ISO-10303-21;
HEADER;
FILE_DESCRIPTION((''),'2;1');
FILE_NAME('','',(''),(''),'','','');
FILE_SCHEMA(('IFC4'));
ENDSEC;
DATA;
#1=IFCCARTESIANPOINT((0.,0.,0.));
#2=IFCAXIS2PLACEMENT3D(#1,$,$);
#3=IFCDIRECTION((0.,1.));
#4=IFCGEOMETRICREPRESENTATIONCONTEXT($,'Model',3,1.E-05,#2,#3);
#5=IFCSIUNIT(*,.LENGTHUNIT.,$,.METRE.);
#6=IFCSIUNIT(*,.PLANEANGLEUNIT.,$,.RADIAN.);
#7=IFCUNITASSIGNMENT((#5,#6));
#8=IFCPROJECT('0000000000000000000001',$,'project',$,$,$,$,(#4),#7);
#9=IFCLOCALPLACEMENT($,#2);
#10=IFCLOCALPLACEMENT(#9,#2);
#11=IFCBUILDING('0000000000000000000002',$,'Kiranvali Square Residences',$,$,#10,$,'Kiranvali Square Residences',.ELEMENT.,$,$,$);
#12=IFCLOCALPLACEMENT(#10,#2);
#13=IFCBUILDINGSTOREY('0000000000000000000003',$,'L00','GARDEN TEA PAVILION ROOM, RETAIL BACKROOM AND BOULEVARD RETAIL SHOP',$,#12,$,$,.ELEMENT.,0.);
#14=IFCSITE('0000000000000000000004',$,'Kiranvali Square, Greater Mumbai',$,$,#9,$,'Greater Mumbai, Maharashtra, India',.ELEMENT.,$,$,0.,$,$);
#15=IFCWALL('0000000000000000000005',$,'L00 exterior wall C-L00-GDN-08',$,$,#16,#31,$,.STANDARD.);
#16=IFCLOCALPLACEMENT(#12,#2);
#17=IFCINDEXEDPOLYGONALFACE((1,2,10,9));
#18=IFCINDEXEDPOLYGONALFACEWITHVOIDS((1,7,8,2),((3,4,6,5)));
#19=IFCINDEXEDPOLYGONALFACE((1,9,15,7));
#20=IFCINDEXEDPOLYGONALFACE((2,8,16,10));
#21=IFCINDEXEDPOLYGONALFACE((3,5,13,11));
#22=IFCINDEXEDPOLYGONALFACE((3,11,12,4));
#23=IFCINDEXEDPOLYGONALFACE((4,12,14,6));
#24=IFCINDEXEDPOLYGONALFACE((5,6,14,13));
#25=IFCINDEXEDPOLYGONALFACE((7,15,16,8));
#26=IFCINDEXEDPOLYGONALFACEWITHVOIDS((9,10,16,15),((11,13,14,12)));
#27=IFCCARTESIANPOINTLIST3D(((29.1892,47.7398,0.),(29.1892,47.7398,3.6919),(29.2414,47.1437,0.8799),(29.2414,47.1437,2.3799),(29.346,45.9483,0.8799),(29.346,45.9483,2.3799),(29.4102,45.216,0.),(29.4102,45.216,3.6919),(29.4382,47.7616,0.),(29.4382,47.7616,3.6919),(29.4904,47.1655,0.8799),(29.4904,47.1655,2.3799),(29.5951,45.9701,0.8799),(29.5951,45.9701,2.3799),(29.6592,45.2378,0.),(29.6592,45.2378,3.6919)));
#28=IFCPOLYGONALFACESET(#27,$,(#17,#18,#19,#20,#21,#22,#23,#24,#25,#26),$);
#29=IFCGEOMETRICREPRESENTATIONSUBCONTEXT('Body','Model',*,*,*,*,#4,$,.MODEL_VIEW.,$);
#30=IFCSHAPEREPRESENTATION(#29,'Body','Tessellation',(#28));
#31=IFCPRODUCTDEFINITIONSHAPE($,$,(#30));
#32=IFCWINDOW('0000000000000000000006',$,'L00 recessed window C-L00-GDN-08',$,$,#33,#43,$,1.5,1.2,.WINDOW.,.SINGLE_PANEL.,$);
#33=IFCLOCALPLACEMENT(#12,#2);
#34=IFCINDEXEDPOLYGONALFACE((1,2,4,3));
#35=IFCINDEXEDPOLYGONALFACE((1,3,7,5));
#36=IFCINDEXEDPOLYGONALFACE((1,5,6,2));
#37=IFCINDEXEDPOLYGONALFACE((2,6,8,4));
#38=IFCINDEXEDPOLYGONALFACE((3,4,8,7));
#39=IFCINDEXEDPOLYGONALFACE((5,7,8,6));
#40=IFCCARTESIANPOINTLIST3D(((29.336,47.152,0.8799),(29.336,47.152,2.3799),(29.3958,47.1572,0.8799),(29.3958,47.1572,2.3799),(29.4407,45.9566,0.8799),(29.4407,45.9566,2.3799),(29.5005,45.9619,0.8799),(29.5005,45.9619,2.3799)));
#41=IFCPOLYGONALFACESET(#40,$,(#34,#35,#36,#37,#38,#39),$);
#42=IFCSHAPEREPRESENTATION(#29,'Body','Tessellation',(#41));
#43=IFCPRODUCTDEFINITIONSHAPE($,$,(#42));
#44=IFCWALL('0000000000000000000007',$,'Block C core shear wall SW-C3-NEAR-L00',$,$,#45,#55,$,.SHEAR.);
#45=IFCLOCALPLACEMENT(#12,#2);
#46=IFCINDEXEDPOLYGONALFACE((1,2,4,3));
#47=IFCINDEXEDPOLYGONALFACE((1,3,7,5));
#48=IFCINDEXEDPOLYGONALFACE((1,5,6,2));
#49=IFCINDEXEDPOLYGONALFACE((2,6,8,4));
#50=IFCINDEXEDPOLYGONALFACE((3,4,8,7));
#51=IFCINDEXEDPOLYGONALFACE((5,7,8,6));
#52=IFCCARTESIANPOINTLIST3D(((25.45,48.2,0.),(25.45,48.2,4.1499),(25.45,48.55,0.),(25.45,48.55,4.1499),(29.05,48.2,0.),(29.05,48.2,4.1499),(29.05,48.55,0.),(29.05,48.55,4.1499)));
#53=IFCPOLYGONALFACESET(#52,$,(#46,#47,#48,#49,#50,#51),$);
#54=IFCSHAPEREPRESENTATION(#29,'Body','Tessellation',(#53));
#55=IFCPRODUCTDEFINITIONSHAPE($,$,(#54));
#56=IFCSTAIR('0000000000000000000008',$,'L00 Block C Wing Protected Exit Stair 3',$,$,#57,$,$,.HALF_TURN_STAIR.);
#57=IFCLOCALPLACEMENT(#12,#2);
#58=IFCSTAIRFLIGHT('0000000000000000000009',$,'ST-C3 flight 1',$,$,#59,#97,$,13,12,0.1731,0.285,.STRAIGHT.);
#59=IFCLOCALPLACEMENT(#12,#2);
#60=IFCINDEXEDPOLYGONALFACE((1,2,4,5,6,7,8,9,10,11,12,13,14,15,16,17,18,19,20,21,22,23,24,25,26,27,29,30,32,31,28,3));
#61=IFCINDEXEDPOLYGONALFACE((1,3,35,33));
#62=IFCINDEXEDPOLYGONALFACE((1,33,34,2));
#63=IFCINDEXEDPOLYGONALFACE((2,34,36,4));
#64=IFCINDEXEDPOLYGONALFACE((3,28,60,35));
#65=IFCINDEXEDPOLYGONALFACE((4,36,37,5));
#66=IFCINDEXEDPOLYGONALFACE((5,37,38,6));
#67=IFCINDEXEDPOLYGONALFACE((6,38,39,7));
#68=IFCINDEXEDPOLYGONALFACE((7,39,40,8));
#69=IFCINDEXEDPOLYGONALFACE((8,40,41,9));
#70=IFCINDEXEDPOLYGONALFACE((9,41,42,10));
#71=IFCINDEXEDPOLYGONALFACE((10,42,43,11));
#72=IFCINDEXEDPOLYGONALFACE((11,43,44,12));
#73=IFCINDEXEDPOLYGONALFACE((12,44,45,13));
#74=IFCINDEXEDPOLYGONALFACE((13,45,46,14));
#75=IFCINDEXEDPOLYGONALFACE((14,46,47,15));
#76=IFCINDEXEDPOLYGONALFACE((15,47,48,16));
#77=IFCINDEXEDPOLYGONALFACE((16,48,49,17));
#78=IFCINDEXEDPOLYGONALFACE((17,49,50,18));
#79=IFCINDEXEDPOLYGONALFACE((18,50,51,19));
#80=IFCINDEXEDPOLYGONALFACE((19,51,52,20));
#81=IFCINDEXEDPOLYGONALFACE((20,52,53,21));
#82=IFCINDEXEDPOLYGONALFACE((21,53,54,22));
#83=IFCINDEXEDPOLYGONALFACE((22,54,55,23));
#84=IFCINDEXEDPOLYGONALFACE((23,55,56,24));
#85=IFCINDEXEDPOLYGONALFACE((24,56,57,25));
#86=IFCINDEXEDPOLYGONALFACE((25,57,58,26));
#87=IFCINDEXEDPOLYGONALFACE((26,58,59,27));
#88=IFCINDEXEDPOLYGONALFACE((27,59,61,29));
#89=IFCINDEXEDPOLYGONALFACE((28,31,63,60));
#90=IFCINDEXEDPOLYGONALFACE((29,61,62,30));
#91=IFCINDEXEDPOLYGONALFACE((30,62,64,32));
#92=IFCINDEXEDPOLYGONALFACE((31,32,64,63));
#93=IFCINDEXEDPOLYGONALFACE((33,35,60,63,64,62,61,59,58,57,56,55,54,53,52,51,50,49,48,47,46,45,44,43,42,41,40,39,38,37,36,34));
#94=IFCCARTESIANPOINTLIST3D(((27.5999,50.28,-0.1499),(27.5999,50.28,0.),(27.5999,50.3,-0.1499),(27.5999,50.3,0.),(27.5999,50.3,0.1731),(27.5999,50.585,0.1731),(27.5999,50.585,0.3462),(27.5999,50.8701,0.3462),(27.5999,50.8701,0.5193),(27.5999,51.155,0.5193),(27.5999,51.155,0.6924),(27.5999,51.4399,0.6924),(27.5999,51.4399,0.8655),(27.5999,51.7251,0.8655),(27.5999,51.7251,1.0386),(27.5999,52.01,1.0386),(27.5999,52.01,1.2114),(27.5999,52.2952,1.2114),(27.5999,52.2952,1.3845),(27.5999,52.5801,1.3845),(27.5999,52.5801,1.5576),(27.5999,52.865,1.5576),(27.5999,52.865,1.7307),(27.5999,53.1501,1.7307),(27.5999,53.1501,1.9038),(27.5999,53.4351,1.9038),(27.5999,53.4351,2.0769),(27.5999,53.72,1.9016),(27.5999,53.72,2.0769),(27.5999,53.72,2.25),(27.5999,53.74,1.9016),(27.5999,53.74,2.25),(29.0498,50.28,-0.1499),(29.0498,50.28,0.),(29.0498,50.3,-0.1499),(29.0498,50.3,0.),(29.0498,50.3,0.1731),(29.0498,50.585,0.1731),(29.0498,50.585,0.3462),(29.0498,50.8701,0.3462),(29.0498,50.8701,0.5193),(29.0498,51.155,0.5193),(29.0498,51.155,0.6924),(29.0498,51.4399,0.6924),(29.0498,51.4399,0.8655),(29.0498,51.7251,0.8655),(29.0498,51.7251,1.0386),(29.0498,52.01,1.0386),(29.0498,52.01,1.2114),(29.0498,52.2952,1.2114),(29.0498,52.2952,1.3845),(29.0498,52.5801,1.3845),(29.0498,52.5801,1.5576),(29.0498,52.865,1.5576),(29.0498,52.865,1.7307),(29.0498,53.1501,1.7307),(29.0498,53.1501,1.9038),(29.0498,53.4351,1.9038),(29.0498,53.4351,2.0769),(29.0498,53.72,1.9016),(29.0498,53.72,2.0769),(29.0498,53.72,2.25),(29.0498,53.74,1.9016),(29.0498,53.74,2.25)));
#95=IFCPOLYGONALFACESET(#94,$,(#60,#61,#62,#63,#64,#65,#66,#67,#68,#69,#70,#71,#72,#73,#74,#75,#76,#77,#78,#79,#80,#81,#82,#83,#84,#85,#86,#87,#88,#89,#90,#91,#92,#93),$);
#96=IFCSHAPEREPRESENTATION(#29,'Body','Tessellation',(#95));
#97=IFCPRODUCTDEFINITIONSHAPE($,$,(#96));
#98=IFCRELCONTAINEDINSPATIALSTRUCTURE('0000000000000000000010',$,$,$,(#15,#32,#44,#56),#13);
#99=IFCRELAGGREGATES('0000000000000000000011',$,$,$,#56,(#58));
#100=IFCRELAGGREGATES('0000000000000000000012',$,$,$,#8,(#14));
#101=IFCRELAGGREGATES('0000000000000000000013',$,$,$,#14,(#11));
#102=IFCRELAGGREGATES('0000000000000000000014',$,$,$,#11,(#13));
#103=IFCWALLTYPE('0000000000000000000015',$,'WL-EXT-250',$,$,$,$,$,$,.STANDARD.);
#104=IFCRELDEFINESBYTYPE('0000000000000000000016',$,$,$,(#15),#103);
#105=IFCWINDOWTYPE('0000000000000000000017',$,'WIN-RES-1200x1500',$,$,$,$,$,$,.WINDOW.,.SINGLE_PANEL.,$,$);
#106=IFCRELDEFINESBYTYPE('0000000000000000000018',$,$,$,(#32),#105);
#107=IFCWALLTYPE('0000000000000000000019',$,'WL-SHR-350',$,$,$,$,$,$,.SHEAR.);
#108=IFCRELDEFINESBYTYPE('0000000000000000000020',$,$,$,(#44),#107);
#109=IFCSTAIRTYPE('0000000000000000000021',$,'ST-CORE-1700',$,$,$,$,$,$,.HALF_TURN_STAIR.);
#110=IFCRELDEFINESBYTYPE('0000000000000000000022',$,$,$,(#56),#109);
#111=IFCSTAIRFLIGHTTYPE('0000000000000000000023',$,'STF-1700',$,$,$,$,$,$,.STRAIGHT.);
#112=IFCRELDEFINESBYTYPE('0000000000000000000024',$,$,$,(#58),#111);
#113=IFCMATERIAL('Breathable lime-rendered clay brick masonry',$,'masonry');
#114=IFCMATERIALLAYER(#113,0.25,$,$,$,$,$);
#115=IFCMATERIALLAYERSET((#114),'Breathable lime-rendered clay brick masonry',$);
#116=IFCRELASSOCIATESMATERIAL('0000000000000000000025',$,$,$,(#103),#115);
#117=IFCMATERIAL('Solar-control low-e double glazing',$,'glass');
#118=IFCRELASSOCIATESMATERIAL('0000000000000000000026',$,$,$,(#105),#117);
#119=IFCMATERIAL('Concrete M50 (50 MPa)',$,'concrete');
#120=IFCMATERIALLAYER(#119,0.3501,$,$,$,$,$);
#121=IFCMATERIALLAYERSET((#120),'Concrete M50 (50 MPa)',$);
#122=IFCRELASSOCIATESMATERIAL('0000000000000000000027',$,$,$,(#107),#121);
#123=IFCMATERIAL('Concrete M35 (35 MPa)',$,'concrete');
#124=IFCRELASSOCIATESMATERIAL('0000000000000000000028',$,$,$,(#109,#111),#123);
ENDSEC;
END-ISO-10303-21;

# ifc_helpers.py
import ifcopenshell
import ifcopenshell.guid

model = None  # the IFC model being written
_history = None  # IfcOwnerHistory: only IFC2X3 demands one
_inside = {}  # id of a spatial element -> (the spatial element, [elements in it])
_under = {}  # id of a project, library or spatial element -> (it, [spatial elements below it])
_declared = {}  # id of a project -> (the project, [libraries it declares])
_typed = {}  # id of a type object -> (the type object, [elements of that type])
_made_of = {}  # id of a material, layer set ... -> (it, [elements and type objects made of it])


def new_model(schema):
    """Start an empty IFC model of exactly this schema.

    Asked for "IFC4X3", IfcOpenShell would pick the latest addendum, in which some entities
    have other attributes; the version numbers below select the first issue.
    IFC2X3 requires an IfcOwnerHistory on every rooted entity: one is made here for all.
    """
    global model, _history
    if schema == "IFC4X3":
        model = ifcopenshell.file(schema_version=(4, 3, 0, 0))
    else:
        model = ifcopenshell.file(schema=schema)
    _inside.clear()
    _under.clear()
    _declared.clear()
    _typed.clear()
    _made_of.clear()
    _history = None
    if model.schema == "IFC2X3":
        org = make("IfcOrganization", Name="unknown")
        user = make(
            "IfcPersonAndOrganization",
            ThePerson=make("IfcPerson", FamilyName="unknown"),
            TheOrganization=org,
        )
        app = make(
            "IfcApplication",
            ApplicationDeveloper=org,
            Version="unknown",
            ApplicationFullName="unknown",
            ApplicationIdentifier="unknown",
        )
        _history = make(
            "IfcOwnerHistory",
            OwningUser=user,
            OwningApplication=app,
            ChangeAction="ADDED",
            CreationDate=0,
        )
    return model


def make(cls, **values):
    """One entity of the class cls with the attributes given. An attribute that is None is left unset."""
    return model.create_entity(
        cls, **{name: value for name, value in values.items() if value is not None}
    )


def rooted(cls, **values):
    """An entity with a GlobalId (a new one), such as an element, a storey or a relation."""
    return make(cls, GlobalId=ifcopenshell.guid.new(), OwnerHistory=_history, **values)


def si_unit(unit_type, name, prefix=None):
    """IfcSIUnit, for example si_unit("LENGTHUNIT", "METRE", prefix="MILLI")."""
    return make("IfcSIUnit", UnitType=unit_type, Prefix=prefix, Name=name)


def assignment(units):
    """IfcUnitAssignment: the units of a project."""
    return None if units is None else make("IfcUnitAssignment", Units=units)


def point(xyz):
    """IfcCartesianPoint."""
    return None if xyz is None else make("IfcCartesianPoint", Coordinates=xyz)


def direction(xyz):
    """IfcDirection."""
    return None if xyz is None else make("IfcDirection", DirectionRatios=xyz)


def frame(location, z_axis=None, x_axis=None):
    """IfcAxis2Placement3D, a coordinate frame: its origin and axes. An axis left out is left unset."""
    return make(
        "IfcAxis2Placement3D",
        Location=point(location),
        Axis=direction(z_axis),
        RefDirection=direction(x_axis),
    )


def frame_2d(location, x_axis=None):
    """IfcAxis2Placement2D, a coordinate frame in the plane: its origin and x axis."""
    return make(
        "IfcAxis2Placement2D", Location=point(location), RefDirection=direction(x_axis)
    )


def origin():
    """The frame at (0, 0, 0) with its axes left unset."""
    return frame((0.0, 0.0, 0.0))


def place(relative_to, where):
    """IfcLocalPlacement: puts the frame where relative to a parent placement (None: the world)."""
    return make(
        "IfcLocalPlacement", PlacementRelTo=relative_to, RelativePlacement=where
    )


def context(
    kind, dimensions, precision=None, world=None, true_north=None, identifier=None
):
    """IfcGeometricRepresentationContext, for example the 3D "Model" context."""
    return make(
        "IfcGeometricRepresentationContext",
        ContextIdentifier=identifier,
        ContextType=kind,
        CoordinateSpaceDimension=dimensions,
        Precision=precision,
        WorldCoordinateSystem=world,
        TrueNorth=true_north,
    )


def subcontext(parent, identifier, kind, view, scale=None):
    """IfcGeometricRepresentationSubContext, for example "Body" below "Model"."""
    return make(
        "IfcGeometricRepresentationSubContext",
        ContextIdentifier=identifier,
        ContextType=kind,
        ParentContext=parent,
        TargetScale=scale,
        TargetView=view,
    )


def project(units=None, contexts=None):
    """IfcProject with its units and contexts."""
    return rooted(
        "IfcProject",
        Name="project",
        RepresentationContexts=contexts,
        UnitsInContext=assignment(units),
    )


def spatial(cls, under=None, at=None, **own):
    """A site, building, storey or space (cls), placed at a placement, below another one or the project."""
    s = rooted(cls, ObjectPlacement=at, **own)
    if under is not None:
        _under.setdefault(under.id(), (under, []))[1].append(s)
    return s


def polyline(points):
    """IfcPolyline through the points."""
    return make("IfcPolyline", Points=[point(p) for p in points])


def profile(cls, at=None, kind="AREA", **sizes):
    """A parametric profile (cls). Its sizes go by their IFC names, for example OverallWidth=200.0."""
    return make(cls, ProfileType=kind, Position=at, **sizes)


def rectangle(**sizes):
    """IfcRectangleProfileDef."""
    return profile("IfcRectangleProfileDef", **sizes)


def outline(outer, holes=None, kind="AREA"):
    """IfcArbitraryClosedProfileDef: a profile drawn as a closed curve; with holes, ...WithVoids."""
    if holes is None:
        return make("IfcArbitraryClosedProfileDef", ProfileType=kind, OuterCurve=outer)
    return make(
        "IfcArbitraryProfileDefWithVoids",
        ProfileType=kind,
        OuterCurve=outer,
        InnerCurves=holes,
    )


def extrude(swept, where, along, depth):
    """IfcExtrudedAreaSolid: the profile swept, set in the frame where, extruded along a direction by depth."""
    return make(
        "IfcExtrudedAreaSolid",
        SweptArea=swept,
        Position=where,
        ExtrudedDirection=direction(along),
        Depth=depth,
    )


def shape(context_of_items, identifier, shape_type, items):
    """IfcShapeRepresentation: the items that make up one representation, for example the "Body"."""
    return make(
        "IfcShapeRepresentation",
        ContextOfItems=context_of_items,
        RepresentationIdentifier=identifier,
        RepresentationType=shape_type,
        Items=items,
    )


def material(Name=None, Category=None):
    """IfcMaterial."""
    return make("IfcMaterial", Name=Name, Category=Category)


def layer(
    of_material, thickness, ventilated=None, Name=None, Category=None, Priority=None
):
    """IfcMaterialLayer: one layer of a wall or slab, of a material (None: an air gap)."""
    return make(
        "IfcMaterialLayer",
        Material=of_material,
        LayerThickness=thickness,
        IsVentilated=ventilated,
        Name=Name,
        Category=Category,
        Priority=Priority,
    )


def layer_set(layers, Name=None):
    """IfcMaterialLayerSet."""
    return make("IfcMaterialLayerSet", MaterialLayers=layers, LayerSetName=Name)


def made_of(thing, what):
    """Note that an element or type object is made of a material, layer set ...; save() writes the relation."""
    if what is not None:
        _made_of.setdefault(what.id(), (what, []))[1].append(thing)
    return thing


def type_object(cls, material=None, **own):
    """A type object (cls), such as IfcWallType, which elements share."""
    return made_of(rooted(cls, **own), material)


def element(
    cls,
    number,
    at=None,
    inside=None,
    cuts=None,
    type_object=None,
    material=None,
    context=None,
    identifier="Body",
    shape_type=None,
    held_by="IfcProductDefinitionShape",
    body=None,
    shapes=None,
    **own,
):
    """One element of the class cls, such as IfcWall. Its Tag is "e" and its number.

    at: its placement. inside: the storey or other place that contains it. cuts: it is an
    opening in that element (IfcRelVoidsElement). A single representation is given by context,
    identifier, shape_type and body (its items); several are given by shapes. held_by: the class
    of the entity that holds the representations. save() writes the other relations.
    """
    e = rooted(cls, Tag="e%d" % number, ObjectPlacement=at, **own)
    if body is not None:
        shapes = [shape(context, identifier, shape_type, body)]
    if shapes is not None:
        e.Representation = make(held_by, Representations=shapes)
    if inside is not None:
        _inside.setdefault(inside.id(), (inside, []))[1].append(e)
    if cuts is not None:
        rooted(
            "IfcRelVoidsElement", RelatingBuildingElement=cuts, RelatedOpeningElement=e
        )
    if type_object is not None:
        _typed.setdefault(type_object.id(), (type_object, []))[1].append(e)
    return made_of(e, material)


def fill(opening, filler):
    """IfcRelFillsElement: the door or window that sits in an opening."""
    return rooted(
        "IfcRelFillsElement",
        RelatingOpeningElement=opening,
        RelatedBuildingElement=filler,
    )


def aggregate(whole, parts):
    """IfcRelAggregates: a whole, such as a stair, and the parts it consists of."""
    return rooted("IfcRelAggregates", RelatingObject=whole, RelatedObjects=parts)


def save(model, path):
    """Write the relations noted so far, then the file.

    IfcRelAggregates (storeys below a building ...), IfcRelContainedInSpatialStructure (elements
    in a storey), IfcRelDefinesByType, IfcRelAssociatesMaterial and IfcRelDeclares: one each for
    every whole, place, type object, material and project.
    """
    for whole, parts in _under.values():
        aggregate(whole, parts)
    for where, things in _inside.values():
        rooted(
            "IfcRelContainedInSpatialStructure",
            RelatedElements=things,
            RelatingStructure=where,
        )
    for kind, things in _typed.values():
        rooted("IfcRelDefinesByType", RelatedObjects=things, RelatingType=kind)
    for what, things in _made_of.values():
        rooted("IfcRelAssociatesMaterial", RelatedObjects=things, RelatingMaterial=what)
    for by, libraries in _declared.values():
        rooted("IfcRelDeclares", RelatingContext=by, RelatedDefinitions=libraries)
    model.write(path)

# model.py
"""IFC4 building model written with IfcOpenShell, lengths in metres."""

from ifc_helpers import new_model, si_unit, direction, frame, frame_2d, origin, place, context, subcontext, project, spatial, polyline, rectangle, outline, extrude, material, layer, layer_set, type_object, element, fill, aggregate, save


model = new_model("IFC4")

# Units and contexts
model_context = context("Model", 3, precision=1e-05, world=origin(), true_north=direction((0.0, 1.0)))
body_context = subcontext(model_context, "Body", "Model", "MODEL_VIEW")
ifc_project = project(units=[si_unit("LENGTHUNIT", "METRE"), si_unit("PLANEANGLEUNIT", "RADIAN")], contexts=[model_context])

# Site, building, storey
site_placement = place(None, origin())
site = spatial("IfcSite", under=ifc_project, at=site_placement, Name="Kiranvali Square, Greater Mumbai", LongName="Greater Mumbai, Maharashtra, India", CompositionType="ELEMENT", RefElevation=0.0)
building_placement = place(site_placement, origin())
building = spatial("IfcBuilding", under=site, at=building_placement, Name="Kiranvali Square Residences", LongName="Kiranvali Square Residences", CompositionType="ELEMENT")
storey_placement = place(building_placement, origin())
storey = spatial("IfcBuildingStorey", under=building, at=storey_placement, Name="L00", Description="GARDEN TEA PAVILION ROOM, RETAIL BACKROOM AND BOULEVARD RETAIL SHOP", CompositionType="ELEMENT", Elevation=0.0)

# Shared definitions
ifc_material_1 = material(Name="Concrete M50 (50 MPa)", Category="concrete")

# Wall, opening, window
ifc_material_2 = material(Name="Breathable lime-rendered clay brick masonry", Category="masonry")
ifc_layer_1 = layer(ifc_material_2, 0.25)
ifc_layer_set_1 = layer_set([ifc_layer_1], Name="Breathable lime-rendered clay brick masonry")
wall_type_1 = type_object("IfcWallType", Name="WL-EXT-250", PredefinedType="STANDARD", material=ifc_layer_set_1)
ifc_material_3 = material(Name="Solar-control low-e double glazing", Category="glass")
wall_1_placement = place(storey_placement, frame((29.5347, 45.2271, 0.0), z_axis=(0.0, 0.0, 1.0), x_axis=(-0.087216, 0.996189, 0.0)))
wall_1 = element("IfcWall", 1, at=wall_1_placement, inside=storey, type_object=wall_type_1, Name="L00 exterior wall C-L00-GDN-08", PredefinedType="STANDARD", context=body_context, shape_type="SweptSolid", body=[
    extrude(rectangle(XDim=2.5334, YDim=0.25, at=frame_2d((1.2666, 0.0))), origin(), (0.0, 0.0, 1.0), 3.6919),
])
opening_1_placement = place(wall_1_placement, frame((0.7349, 0.0, 0.8799)))
opening_1 = element("IfcOpeningElement", 2, at=opening_1_placement, cuts=wall_1, PredefinedType="OPENING", context=body_context, shape_type="SweptSolid", body=[
    extrude(rectangle(XDim=1.2, YDim=1.5, at=frame_2d((0.6001, 0.75))), frame((0.0, 0.135, 0.0), z_axis=(0.0, -1.0, 0.0), x_axis=(1.0, 0.0, 0.0)), (0.0, 0.0, 1.0), 0.27),
])
window_type_1 = type_object("IfcWindowType", Name="WIN-RES-1200x1500", PartitioningType="SINGLE_PANEL", PredefinedType="WINDOW", material=ifc_material_3)
window_1_placement = place(opening_1_placement, origin())
window_1 = element("IfcWindow", 3, at=window_1_placement, inside=storey, type_object=window_type_1, Name="L00 recessed window C-L00-GDN-08", OverallHeight=1.5, OverallWidth=1.2, PartitioningType="SINGLE_PANEL", PredefinedType="WINDOW", context=body_context, shape_type="SweptSolid", body=[
    extrude(rectangle(XDim=1.2, YDim=1.5, at=frame_2d((0.6001, 0.75))), frame((0.0, 0.03, 0.0), z_axis=(0.0, -1.0, 0.0), x_axis=(1.0, 0.0, 0.0)), (0.0, 0.0, 1.0), 0.0601),
])
fill(opening_1, window_1)

# Shared definitions
ifc_layer_2 = layer(ifc_material_1, 0.3501)
ifc_layer_set_2 = layer_set([ifc_layer_2], Name="Concrete M50 (50 MPa)")
wall_type_2 = type_object("IfcWallType", Name="WL-SHR-350", PredefinedType="SHEAR", material=ifc_layer_set_2)

# Wall
wall_2_placement = place(storey_placement, frame((29.05, 48.375, 0.0), z_axis=(0.0, 0.0, 1.0), x_axis=(-1.0, 0.0, 0.0)))
element("IfcWall", 4, at=wall_2_placement, inside=storey, type_object=wall_type_2, Name="Block C core shear wall SW-C3-NEAR-L00", PredefinedType="SHEAR", context=body_context, shape_type="SweptSolid", body=[
    extrude(rectangle(XDim=3.6001, YDim=0.3501, at=frame_2d((1.8, 0.0))), origin(), (0.0, 0.0, 1.0), 4.1499),
])

# Stair, stair flight
ifc_material_4 = material(Name="Concrete M35 (35 MPa)", Category="concrete")
stair_type = type_object("IfcStairType", Name="ST-CORE-1700", PredefinedType="HALF_TURN_STAIR", material=ifc_material_4)
stair_placement = place(storey_placement, origin())
stair = element("IfcStair", 5, at=stair_placement, inside=storey, type_object=stair_type, Name="L00 Block C Wing Protected Exit Stair 3", PredefinedType="HALF_TURN_STAIR")
stair_flight_type = type_object("IfcStairFlightType", Name="STF-1700", PredefinedType="STRAIGHT", material=ifc_material_4)
stair_flight_placement = place(storey_placement, frame((28.325, 50.3, 0.0), z_axis=(0.0, 0.0, 1.0), x_axis=(0.0, 1.0, 0.0)))
stair_flight = element("IfcStairFlight", 6, at=stair_flight_placement, type_object=stair_flight_type, Name="ST-C3 flight 1", NumberOfRisers=13, NumberOfTreads=12, PredefinedType="STRAIGHT", RiserHeight=0.1731, TreadLength=0.285, context=body_context, shape_type="SweptSolid", body=[
    extrude(outline(polyline([(-0.02, -0.1499), (-0.02, 0.0), (0.0, 0.0), (0.0, 0.1731), (0.2849, 0.1731), (0.2849, 0.3462), (0.5701, 0.3462), (0.5701, 0.5193), (0.855, 0.5193), (0.855, 0.6924), (1.1399, 0.6924), (1.1399, 0.8655), (1.425, 0.8655), (1.425, 1.0386), (1.71, 1.0386), (1.71, 1.2114), (1.9951, 1.2114), (1.9951, 1.3845), (2.28, 1.3845), (2.28, 1.5576), (2.5649, 1.5576), (2.5649, 1.7307), (2.8501, 1.7307), (2.8501, 1.9038), (3.135, 1.9038), (3.135, 2.0769), (3.4199, 2.0769), (3.4199, 2.25), (3.4399, 2.25), (3.4399, 1.9016), (3.4199, 1.9016), (0.0, -0.1499), (-0.02, -0.1499)])), frame((0.0, 0.7251, 0.0), z_axis=(0.0, -1.0, 0.0), x_axis=(1.0, 0.0, 0.0)), (0.0, 0.0, 1.0), 1.45),
])
aggregate(stair, [stair_flight])

save(model, "model.ifc")
